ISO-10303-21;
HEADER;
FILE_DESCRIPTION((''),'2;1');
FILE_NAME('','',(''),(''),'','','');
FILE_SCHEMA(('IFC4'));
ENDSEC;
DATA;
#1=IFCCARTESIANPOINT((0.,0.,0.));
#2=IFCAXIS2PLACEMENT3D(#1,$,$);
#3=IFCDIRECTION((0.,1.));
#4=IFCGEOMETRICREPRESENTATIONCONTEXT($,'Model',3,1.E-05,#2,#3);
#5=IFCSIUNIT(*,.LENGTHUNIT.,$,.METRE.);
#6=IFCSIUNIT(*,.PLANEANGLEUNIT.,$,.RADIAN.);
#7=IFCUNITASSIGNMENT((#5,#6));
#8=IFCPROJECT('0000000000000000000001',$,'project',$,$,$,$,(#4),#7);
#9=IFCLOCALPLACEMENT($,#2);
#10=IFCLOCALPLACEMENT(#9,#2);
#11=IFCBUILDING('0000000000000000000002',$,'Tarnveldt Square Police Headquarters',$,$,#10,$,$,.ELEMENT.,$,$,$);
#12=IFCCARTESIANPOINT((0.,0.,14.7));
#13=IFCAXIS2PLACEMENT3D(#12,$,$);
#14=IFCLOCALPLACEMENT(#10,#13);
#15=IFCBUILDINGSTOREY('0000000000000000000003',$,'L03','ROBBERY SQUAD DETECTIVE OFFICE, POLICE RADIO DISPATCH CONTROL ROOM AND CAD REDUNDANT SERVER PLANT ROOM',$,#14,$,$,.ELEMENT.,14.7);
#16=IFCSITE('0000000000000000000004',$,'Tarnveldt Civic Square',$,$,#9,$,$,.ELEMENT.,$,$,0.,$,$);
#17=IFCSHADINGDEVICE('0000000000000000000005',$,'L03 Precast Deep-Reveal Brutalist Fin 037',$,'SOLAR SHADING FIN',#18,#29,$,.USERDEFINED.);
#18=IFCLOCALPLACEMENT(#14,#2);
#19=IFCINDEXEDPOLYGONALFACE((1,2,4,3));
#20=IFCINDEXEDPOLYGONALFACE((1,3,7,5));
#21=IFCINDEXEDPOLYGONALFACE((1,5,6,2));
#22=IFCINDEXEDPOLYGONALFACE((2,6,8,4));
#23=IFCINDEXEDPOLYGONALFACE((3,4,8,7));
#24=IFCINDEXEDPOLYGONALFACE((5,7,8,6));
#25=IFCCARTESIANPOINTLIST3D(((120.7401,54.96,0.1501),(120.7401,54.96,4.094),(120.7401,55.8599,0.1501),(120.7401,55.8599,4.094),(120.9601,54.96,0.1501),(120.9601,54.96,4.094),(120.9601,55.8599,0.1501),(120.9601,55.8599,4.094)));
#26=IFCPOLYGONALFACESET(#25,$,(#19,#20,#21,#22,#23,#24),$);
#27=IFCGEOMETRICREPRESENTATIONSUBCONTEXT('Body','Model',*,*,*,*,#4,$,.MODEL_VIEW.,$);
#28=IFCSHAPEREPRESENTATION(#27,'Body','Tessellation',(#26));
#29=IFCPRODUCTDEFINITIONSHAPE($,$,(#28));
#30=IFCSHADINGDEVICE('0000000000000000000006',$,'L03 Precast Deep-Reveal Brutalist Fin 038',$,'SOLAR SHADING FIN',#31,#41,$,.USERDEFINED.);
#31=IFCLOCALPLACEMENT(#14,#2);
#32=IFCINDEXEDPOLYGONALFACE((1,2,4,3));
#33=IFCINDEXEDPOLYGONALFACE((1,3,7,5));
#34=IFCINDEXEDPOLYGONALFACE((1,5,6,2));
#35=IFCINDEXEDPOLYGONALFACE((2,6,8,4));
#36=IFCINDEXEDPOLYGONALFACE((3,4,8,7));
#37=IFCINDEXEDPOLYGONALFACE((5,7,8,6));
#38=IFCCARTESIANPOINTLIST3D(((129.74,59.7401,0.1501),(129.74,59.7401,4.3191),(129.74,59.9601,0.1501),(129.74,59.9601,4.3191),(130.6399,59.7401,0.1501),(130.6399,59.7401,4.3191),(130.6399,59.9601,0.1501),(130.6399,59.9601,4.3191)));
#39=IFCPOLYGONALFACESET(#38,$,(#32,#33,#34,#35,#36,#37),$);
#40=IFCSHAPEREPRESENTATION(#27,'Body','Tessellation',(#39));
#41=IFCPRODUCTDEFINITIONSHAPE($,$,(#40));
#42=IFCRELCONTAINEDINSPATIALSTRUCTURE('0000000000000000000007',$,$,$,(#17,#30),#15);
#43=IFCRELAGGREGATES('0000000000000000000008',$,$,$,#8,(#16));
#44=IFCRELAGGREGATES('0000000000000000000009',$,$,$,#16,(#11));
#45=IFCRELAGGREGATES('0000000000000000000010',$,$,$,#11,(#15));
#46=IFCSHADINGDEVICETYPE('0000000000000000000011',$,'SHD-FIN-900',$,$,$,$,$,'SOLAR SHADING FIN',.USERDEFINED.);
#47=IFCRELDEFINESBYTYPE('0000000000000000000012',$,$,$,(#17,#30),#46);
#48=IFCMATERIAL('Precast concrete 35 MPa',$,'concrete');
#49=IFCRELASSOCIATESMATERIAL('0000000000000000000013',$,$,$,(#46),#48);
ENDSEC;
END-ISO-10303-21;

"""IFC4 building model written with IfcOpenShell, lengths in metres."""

from ifc_helpers import new_model, si_unit, direction, frame, origin, origin_2d, place, context, subcontext, project, spatial, rectangle, extrude, material, material_profile, profile_set, type_object, element, save


model = new_model("IFC4")

# Units and contexts
model_context = context("Model", 3, precision=1e-05, world=origin(), true_north=direction((0.0, 1.0)))
body_context = subcontext(model_context, "Body", "Model", "MODEL_VIEW")
ifc_project = project(units=[si_unit("LENGTHUNIT", "METRE"), si_unit("PLANEANGLEUNIT", "RADIAN")], contexts=[model_context])

# Site, building, storey
site_placement = place(None, origin())
site = spatial("IfcSite", under=ifc_project, at=site_placement, Name="Tarnveldt Civic Square", CompositionType="ELEMENT", RefElevation=0.0)
building_placement = place(site_placement, origin())
building = spatial("IfcBuilding", under=site, at=building_placement, Name="Tarnveldt Square Police Headquarters", CompositionType="ELEMENT")
storey_placement = place(building_placement, frame((0.0, 0.0, 14.7)))
storey = spatial("IfcBuildingStorey", under=building, at=storey_placement, Name="L03", Description="ROBBERY SQUAD DETECTIVE OFFICE, POLICE RADIO DISPATCH CONTROL ROOM AND CAD REDUNDANT SERVER PLANT ROOM", CompositionType="ELEMENT", Elevation=14.7)

# Shared definitions
ifc_material_1 = material(Name="Precast concrete 35 MPa", Category="concrete")

# Shading devices
ifc_material_profile_1 = material_profile(ifc_material_1, rectangle(XDim=0.22, YDim=0.8999, at=origin_2d()), Name="PC-FIN220x900")
ifc_profile_set_1 = profile_set([ifc_material_profile_1], Name="Precast concrete 35 MPa")
shading_device_type = type_object("IfcShadingDeviceType", Name="SHD-FIN-900", ElementType="SOLAR SHADING FIN", PredefinedType="USERDEFINED", material=ifc_profile_set_1)
shading_device_1_placement = place(storey_placement, frame((120.8501, 55.4099, 0.1501), z_axis=(0.0, 0.0, 1.0), x_axis=(1.0, 0.0, 0.0)))
element("IfcShadingDevice", 1, at=shading_device_1_placement, inside=storey, type_object=shading_device_type, Name="L03 Precast Deep-Reveal Brutalist Fin 037", ObjectType="SOLAR SHADING FIN", PredefinedType="USERDEFINED", context=body_context, shape_type="SweptSolid", body=[
    extrude(rectangle(XDim=0.22, YDim=0.8999, at=origin_2d()), origin(), (0.0, 0.0, 1.0), 3.9438),
])
shading_device_2_placement = place(storey_placement, frame((130.1899, 59.8501, 0.1501), z_axis=(0.0, 0.0, 1.0), x_axis=(0.0, 1.0, 0.0)))
element("IfcShadingDevice", 2, at=shading_device_2_placement, inside=storey, type_object=shading_device_type, Name="L03 Precast Deep-Reveal Brutalist Fin 038", ObjectType="SOLAR SHADING FIN", PredefinedType="USERDEFINED", context=body_context, shape_type="SweptSolid", body=[
    extrude(rectangle(XDim=0.22, YDim=0.8999, at=origin_2d()), origin(), (0.0, 0.0, 1.0), 4.1689),
])

save(model, "model.ifc")
